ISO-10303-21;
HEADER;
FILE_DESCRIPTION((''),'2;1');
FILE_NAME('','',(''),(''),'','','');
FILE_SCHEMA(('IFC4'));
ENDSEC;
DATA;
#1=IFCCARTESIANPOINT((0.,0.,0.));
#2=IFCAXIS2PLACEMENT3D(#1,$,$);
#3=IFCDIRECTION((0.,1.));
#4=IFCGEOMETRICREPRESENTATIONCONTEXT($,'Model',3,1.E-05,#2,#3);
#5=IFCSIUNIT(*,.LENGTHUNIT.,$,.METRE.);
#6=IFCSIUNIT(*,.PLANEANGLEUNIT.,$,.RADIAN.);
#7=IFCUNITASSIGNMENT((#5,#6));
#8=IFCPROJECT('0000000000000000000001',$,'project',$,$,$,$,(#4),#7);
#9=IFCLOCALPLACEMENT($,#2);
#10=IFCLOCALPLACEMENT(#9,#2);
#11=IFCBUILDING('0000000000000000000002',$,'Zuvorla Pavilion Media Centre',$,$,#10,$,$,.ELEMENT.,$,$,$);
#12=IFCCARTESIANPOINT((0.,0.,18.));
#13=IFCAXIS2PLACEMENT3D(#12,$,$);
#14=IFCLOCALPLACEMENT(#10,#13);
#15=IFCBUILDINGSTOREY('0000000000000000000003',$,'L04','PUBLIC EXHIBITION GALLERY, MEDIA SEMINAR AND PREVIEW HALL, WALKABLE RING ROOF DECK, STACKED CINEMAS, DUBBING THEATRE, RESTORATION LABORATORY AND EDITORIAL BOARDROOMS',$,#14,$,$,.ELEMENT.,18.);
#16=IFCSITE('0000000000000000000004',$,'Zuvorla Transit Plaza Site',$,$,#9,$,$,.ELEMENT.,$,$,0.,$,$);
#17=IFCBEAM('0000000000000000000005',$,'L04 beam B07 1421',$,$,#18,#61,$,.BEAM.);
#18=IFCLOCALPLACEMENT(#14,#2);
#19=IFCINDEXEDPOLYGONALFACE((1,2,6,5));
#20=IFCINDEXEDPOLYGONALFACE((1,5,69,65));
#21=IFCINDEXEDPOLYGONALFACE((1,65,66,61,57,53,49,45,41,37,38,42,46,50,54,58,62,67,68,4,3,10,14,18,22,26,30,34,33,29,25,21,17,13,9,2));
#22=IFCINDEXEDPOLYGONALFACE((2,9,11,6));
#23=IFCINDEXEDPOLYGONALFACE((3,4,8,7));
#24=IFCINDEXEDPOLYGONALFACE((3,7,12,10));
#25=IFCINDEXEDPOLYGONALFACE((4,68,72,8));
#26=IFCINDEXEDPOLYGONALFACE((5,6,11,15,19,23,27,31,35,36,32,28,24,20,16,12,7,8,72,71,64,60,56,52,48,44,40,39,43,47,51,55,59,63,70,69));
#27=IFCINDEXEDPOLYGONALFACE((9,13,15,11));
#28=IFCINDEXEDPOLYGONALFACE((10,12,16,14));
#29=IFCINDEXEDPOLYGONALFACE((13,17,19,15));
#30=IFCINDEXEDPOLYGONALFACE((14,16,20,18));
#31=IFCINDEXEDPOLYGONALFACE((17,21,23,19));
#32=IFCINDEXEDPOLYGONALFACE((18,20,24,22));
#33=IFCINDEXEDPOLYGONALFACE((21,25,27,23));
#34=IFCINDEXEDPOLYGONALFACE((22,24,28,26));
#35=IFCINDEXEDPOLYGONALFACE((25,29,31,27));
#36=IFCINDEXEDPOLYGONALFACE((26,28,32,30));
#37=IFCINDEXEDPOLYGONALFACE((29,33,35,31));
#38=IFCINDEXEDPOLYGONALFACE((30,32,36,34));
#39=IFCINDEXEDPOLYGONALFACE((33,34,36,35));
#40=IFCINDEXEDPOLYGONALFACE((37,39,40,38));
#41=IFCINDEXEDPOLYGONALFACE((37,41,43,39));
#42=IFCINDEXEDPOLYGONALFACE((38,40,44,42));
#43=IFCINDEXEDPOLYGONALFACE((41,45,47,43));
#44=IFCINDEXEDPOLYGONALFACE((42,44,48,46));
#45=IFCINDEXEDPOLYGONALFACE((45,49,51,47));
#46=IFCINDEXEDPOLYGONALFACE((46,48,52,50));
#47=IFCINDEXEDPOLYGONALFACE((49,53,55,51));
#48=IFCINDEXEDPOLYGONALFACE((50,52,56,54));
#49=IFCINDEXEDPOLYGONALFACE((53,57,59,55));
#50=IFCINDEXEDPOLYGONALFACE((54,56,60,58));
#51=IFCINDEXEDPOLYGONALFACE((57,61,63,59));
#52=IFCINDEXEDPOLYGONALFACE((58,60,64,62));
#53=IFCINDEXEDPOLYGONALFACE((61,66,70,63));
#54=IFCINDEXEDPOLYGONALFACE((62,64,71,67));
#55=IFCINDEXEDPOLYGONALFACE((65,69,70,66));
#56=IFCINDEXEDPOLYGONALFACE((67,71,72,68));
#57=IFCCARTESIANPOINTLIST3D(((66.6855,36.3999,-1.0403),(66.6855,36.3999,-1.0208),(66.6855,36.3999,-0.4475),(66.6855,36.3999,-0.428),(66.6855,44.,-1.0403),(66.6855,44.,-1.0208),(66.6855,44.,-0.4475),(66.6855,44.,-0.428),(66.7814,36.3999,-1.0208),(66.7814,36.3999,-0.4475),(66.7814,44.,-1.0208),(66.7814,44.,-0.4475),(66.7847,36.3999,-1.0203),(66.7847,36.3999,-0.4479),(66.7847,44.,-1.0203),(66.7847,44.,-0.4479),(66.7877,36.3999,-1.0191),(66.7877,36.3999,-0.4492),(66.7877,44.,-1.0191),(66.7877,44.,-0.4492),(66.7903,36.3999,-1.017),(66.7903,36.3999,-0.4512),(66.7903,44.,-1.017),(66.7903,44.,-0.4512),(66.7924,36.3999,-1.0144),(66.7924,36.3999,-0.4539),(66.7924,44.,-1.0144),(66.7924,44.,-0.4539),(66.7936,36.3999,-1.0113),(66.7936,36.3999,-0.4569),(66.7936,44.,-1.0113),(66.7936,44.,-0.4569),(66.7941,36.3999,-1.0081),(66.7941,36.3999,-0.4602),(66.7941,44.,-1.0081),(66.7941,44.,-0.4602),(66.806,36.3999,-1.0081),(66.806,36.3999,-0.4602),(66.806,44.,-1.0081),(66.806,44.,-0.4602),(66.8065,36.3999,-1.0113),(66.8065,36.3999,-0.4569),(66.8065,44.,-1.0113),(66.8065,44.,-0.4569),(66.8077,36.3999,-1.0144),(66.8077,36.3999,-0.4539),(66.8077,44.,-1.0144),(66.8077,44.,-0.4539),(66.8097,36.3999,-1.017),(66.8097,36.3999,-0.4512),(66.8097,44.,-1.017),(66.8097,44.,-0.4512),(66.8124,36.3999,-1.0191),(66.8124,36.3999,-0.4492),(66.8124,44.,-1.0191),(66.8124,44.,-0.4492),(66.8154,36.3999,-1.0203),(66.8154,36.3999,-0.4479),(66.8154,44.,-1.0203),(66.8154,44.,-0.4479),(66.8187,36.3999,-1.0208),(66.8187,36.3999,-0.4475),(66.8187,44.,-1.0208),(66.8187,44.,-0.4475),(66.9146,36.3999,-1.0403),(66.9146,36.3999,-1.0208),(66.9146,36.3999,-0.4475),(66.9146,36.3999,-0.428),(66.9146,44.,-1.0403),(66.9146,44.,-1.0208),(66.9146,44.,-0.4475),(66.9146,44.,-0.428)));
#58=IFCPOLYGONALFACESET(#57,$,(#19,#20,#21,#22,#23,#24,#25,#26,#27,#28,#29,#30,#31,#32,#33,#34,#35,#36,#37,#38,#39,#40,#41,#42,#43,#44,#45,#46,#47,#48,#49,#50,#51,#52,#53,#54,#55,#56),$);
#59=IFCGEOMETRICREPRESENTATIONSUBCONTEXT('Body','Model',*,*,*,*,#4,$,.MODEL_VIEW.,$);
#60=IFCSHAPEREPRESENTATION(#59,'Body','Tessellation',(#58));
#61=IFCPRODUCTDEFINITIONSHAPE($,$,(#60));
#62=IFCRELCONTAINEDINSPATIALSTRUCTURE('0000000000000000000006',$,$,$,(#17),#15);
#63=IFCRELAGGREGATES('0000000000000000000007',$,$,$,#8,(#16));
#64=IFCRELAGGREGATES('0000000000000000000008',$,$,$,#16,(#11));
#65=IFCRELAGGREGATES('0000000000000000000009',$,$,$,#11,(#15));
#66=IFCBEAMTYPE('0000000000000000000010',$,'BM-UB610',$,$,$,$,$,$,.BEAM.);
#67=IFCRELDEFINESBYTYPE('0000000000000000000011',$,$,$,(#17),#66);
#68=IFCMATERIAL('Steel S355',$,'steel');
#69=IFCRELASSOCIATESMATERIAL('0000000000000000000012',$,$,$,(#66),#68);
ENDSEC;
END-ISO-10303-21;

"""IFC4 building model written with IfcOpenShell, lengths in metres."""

from ifc_helpers import new_model, si_unit, direction, frame, origin, origin_2d, place, context, subcontext, project, spatial, i_section, extrude, material, material_profile, profile_set, type_object, element, save


model = new_model("IFC4")

# Units and contexts
model_context = context("Model", 3, precision=1e-05, world=origin(), true_north=direction((0.0, 1.0)))
body_context = subcontext(model_context, "Body", "Model", "MODEL_VIEW")
ifc_project = project(units=[si_unit("LENGTHUNIT", "METRE"), si_unit("PLANEANGLEUNIT", "RADIAN")], contexts=[model_context])

# Site, building, storey
site_placement = place(None, origin())
site = spatial("IfcSite", under=ifc_project, at=site_placement, Name="Zuvorla Transit Plaza Site", CompositionType="ELEMENT", RefElevation=0.0)
building_placement = place(site_placement, origin())
building = spatial("IfcBuilding", under=site, at=building_placement, Name="Zuvorla Pavilion Media Centre", CompositionType="ELEMENT")
storey_placement = place(building_placement, frame((0.0, 0.0, 18.0)))
storey = spatial("IfcBuildingStorey", under=building, at=storey_placement, Name="L04", Description="PUBLIC EXHIBITION GALLERY, MEDIA SEMINAR AND PREVIEW HALL, WALKABLE RING ROOF DECK, STACKED CINEMAS, DUBBING THEATRE, RESTORATION LABORATORY AND EDITORIAL BOARDROOMS", CompositionType="ELEMENT", Elevation=18.0)

# Beam
ifc_material_1 = material(Name="Steel S355", Category="steel")
ifc_material_profile_1 = material_profile(ifc_material_1, i_section(OverallWidth=0.229, OverallDepth=0.6123, WebThickness=0.012, FlangeThickness=0.0195, FilletRadius=0.0127, at=origin_2d()), Name="UB 610x229x125")
ifc_profile_set_1 = profile_set([ifc_material_profile_1], Name="Steel S355")
beam_type_1 = type_object("IfcBeamType", Name="BM-UB610", PredefinedType="BEAM", material=ifc_profile_set_1)
beam_1_placement = place(storey_placement, frame((66.8, 36.3999, -0.7341), z_axis=(0.0, 1.0, 0.0), x_axis=(-1.0, 0.0, 0.0)))
element("IfcBeam", 1, at=beam_1_placement, inside=storey, type_object=beam_type_1, Name="L04 beam B07 1421", PredefinedType="BEAM", context=body_context, shape_type="SweptSolid", body=[
    extrude(i_section(OverallWidth=0.229, OverallDepth=0.6123, WebThickness=0.012, FlangeThickness=0.0195, FilletRadius=0.0127, at=origin_2d()), origin(), (0.0, 0.0, 1.0), 7.6001),
])

save(model, "model.ifc")
